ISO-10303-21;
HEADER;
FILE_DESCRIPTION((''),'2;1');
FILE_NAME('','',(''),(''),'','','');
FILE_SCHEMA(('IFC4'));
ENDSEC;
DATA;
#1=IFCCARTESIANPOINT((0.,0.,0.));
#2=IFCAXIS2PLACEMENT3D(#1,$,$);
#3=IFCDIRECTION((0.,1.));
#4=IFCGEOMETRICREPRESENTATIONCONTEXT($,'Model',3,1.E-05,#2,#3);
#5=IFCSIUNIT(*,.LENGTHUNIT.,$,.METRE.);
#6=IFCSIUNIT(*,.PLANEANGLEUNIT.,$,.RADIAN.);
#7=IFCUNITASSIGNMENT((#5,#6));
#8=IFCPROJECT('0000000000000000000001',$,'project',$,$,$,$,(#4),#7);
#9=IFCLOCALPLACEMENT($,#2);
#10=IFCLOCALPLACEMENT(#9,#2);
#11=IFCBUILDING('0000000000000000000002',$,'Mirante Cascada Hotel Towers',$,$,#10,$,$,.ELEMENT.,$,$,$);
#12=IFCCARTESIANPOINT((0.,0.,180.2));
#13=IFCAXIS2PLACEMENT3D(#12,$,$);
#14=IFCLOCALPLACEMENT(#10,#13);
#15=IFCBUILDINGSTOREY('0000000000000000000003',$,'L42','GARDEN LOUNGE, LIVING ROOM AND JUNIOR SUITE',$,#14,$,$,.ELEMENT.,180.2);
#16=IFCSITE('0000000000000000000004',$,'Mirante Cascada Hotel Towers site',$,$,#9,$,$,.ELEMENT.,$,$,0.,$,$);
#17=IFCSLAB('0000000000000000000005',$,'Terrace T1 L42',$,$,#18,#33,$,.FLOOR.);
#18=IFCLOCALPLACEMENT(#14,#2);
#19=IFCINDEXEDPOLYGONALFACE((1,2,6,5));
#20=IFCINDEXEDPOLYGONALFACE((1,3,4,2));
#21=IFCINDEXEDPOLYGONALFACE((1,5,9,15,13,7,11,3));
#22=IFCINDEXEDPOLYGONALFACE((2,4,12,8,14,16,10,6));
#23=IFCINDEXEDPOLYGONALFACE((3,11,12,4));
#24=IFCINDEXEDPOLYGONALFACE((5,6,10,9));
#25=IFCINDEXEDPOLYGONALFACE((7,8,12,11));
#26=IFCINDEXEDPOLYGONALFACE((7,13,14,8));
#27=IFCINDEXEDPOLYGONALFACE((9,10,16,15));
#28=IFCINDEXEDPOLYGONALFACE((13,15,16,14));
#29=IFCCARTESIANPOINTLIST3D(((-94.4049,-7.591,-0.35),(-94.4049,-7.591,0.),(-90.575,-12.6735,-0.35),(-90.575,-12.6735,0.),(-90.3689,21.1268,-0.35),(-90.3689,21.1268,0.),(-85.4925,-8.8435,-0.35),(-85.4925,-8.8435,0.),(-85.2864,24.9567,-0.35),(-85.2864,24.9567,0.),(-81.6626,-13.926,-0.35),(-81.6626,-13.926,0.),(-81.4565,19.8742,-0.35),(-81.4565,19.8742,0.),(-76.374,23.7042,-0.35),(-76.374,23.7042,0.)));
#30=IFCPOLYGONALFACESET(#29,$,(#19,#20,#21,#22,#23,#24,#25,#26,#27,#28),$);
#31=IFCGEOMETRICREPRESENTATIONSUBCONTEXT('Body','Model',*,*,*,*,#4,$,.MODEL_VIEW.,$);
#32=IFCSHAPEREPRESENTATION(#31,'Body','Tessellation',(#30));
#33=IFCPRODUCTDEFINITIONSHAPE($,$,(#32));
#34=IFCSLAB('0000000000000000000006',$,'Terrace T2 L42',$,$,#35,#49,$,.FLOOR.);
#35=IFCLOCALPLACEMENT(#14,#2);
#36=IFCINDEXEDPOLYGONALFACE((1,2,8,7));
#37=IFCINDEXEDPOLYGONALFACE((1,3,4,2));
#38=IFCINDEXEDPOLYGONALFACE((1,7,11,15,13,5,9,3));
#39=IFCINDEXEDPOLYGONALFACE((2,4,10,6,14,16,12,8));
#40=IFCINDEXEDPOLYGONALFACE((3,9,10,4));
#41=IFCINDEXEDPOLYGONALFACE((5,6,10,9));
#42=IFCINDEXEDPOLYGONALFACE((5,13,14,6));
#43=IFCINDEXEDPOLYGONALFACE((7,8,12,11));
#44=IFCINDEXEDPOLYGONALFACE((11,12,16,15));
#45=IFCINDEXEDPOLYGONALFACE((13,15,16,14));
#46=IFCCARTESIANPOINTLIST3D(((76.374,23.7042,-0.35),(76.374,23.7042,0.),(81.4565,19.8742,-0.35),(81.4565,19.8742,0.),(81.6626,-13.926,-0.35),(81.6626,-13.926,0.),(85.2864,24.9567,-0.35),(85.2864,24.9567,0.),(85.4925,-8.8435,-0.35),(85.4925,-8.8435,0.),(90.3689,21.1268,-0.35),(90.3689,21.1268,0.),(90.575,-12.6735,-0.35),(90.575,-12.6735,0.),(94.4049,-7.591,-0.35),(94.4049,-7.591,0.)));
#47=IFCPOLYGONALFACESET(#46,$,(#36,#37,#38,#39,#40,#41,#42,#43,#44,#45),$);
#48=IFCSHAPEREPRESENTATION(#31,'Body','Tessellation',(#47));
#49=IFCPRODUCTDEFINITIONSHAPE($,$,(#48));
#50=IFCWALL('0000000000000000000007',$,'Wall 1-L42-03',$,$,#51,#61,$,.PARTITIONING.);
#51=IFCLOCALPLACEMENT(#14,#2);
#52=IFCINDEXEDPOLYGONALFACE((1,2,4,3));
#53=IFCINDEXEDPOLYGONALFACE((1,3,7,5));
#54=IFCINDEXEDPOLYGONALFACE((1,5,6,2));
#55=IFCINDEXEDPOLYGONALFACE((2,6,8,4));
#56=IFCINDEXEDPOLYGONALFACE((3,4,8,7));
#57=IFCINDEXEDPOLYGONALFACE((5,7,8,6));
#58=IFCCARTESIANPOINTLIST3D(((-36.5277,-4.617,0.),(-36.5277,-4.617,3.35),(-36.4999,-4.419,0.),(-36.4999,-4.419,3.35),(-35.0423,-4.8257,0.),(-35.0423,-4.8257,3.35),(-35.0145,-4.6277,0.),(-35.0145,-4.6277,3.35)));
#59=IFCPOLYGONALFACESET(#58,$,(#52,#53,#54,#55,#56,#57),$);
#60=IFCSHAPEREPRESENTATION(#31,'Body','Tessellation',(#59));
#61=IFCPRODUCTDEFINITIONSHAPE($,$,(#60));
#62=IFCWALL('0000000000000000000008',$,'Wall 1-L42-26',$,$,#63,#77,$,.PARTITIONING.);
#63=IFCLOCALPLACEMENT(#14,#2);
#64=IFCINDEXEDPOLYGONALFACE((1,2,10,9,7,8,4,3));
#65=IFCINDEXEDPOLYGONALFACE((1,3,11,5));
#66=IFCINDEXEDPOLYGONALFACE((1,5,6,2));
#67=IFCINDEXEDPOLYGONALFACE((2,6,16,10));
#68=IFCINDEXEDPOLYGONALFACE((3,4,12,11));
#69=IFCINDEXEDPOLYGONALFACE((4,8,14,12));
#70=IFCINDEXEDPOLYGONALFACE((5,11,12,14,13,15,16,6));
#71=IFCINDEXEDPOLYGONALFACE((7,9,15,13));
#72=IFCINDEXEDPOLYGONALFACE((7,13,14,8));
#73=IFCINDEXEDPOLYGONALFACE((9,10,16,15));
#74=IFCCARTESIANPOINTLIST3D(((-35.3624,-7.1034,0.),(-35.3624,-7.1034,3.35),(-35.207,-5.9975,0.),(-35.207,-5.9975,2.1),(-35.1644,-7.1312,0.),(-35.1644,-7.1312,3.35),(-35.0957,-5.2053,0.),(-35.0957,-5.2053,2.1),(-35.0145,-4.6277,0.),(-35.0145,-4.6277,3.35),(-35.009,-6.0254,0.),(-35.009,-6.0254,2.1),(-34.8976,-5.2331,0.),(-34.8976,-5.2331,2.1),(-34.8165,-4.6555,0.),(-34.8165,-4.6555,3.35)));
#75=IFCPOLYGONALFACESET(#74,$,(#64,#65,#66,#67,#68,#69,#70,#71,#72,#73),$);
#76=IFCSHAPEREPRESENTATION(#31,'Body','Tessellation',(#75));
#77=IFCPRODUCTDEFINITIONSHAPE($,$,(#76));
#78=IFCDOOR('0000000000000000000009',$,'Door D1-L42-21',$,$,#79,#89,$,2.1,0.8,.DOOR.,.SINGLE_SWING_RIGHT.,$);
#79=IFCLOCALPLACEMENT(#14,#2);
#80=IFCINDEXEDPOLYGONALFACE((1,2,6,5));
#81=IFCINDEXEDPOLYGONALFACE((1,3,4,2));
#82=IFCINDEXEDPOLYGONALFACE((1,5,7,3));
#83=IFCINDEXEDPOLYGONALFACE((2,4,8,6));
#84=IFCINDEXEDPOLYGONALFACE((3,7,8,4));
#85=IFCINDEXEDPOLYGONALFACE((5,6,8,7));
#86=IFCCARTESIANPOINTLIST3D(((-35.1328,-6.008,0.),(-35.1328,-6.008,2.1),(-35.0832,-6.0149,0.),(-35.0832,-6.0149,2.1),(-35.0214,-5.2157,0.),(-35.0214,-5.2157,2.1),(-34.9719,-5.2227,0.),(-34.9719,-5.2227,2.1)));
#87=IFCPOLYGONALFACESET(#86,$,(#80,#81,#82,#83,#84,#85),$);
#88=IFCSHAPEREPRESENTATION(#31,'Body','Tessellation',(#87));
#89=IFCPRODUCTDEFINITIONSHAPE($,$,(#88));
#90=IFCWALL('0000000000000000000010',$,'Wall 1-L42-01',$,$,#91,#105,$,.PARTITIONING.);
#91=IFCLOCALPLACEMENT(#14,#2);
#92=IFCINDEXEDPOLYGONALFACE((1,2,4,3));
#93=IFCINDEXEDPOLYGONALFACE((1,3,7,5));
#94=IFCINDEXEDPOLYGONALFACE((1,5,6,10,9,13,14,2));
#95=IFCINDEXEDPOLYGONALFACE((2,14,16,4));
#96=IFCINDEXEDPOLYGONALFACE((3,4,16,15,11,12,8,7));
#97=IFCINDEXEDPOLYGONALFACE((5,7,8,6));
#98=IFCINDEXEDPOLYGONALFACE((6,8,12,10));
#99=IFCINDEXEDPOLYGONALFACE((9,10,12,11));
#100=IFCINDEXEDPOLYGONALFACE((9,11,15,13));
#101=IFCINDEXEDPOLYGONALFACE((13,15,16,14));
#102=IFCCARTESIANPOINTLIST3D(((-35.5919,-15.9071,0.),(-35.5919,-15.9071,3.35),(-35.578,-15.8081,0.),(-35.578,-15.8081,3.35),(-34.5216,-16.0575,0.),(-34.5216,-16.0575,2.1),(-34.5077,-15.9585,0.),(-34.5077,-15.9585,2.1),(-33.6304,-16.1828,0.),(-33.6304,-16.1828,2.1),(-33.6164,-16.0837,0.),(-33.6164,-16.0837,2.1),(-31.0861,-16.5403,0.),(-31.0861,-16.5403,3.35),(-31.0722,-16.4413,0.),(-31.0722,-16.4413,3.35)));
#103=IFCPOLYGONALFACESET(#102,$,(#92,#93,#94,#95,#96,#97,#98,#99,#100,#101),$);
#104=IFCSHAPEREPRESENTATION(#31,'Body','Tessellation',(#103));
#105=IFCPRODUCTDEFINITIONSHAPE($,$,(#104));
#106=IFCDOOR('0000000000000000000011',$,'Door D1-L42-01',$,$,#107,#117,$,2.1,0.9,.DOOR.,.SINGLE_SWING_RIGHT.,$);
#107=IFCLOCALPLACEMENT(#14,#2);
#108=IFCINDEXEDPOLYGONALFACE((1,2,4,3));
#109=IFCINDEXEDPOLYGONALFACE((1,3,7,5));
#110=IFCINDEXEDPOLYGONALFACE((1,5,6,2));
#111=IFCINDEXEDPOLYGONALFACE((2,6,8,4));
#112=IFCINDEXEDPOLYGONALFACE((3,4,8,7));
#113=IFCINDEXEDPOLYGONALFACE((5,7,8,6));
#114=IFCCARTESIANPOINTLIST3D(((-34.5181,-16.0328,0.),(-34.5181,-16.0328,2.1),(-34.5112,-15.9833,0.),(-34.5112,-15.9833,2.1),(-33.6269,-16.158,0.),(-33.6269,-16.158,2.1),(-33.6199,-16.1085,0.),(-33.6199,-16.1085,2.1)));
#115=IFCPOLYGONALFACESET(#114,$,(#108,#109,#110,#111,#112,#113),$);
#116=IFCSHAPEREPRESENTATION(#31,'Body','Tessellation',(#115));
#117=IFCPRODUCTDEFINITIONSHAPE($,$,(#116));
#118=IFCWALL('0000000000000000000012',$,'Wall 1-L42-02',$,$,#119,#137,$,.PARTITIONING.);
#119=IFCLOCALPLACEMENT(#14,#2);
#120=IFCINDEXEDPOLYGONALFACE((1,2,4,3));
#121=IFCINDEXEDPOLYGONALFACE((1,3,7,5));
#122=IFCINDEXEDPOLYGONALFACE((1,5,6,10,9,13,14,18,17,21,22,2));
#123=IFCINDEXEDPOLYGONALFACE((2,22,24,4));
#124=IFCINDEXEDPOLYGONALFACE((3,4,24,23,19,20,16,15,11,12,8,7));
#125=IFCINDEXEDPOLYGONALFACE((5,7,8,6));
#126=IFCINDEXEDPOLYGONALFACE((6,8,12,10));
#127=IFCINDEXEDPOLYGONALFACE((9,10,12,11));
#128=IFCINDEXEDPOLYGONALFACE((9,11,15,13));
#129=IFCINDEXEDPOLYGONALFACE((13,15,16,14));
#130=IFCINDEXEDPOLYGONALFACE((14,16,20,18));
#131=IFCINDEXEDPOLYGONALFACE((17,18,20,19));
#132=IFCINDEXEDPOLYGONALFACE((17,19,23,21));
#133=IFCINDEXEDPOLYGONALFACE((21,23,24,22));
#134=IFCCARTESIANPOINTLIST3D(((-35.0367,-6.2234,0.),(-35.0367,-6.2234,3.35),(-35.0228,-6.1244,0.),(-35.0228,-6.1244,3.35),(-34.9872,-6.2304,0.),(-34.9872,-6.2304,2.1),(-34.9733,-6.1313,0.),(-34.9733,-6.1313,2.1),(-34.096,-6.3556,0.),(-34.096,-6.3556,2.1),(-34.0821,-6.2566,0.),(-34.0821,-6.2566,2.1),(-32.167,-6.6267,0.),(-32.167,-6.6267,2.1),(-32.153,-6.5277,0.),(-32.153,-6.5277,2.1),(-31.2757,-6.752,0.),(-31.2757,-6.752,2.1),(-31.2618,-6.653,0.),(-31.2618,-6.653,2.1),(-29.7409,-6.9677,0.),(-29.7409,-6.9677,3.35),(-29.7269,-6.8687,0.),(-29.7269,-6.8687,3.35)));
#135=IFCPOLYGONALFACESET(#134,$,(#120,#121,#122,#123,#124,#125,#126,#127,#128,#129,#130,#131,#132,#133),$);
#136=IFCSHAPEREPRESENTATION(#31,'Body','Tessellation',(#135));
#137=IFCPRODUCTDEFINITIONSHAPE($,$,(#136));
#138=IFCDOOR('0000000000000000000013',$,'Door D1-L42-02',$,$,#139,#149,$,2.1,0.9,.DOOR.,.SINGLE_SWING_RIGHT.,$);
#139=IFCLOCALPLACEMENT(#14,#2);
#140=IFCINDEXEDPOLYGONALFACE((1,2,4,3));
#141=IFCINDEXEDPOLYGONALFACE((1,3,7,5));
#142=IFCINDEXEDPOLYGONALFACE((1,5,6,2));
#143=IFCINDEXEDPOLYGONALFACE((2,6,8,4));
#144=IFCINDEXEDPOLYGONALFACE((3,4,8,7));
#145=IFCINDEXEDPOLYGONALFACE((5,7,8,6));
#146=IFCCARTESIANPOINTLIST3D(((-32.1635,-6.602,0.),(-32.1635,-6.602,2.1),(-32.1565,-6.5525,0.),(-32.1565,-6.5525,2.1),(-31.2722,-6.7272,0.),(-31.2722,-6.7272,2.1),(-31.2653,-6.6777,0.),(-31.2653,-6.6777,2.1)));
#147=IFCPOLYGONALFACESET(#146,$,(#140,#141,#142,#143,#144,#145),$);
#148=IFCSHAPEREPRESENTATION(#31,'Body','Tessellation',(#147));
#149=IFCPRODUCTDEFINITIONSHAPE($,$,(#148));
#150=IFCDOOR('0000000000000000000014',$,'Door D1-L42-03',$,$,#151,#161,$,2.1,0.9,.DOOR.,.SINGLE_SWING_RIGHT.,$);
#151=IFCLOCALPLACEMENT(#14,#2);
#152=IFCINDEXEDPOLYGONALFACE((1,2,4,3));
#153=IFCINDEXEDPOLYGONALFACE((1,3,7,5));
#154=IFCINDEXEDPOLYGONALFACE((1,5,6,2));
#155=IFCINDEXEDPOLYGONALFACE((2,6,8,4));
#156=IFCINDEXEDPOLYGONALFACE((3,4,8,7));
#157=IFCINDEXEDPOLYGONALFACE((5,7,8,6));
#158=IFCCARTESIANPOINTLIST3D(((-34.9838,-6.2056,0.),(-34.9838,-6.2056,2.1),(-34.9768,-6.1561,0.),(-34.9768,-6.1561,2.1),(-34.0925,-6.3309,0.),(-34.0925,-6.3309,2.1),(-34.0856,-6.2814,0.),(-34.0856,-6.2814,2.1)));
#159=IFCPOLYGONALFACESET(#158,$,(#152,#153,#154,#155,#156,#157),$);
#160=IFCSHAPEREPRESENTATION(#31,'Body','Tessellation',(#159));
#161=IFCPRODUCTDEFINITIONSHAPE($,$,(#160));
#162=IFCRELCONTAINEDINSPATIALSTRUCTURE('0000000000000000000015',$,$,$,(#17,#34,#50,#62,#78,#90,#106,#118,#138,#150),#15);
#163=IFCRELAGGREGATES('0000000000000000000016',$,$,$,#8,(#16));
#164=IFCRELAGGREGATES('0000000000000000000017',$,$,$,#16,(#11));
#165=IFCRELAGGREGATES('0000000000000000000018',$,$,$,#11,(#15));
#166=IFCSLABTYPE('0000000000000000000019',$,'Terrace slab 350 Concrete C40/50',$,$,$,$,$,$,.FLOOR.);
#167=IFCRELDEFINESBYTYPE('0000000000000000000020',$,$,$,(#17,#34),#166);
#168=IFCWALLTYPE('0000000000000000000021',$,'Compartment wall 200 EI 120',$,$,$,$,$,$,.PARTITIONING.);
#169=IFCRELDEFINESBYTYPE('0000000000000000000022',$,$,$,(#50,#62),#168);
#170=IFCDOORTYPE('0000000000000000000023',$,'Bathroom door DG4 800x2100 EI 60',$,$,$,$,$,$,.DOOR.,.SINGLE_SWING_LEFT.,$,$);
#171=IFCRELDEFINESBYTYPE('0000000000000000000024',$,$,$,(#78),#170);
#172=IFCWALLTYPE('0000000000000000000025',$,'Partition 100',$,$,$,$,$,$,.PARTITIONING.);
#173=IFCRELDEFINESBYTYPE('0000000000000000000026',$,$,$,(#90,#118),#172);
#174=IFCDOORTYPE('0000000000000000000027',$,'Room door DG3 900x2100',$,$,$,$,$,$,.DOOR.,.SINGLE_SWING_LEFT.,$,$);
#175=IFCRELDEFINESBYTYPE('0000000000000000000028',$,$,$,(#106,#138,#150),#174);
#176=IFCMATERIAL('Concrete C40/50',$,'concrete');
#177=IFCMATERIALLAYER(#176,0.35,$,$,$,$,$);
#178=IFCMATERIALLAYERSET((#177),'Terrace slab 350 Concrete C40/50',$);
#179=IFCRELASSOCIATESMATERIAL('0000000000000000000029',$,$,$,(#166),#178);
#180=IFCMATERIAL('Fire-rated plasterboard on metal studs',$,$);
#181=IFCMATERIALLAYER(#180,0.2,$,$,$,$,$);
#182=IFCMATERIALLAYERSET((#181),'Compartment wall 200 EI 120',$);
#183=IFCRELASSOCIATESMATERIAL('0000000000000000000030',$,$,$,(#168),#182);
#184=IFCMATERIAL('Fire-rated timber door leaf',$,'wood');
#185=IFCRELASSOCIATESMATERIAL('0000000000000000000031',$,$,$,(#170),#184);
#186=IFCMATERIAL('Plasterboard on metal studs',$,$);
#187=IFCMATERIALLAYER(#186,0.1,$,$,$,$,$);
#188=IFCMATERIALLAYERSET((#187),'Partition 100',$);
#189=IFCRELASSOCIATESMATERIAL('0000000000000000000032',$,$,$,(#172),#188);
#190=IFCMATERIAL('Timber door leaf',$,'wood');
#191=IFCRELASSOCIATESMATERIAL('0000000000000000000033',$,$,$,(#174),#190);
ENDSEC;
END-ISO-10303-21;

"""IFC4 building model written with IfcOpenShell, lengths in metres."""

from ifc_helpers import new_model, si_unit, direction, frame, frame_2d, origin, place, context, subcontext, project, spatial, polyline, rectangle, outline, extrude, material, layer, layer_set, type_object, element, fill, save


model = new_model("IFC4")

# Units and contexts
model_context = context("Model", 3, precision=1e-05, world=origin(), true_north=direction((0.0, 1.0)))
body_context = subcontext(model_context, "Body", "Model", "MODEL_VIEW")
ifc_project = project(units=[si_unit("LENGTHUNIT", "METRE"), si_unit("PLANEANGLEUNIT", "RADIAN")], contexts=[model_context])

# Site, building, storey
site_placement = place(None, origin())
site = spatial("IfcSite", under=ifc_project, at=site_placement, Name="Mirante Cascada Hotel Towers site", CompositionType="ELEMENT", RefElevation=0.0)
building_placement = place(site_placement, origin())
building = spatial("IfcBuilding", under=site, at=building_placement, Name="Mirante Cascada Hotel Towers", CompositionType="ELEMENT")
storey_placement = place(building_placement, frame((0.0, 0.0, 180.2)))
storey = spatial("IfcBuildingStorey", under=building, at=storey_placement, Name="L42", Description="GARDEN LOUNGE, LIVING ROOM AND JUNIOR SUITE", CompositionType="ELEMENT", Elevation=180.2)

# Slabs
ifc_material_1 = material(Name="Concrete C40/50", Category="concrete")
ifc_layer_1 = layer(ifc_material_1, 0.35)
ifc_layer_set_1 = layer_set([ifc_layer_1], Name="Terrace slab 350 Concrete C40/50")
slab_type_1 = type_object("IfcSlabType", Name="Terrace slab 350 Concrete C40/50", PredefinedType="FLOOR", material=ifc_layer_set_1)
slab_1_placement = place(storey_placement, frame((0.0, 0.0, -0.35)))
element("IfcSlab", 1, at=slab_1_placement, inside=storey, type_object=slab_type_1, Name="Terrace T1 L42", PredefinedType="FLOOR", context=body_context, shape_type="SweptSolid", body=[
    extrude(outline(polyline([(-85.2864, 24.9567), (-90.3689, 21.1268), (-94.4049, -7.591), (-90.575, -12.6735), (-81.6626, -13.926), (-85.4925, -8.8435), (-81.4565, 19.8742), (-76.374, 23.7042), (-85.2864, 24.9567)])), origin(), (0.0, 0.0, 1.0), 0.35),
])
slab_2_placement = place(storey_placement, frame((0.0, 0.0, -0.35)))
element("IfcSlab", 2, at=slab_2_placement, inside=storey, type_object=slab_type_1, Name="Terrace T2 L42", PredefinedType="FLOOR", context=body_context, shape_type="SweptSolid", body=[
    extrude(outline(polyline([(85.2864, 24.9567), (90.3689, 21.1268), (94.4049, -7.591), (90.575, -12.6735), (81.6626, -13.926), (85.4925, -8.8435), (81.4565, 19.8742), (76.374, 23.7042), (85.2864, 24.9567)])), origin(), (0.0, 0.0, 1.0), 0.35),
])

# Wall
ifc_material_2 = material(Name="Fire-rated plasterboard on metal studs")
ifc_layer_2 = layer(ifc_material_2, 0.2)
ifc_layer_set_2 = layer_set([ifc_layer_2], Name="Compartment wall 200 EI 120")
wall_type_1 = type_object("IfcWallType", Name="Compartment wall 200 EI 120", PredefinedType="PARTITIONING", material=ifc_layer_set_2)
wall_1_placement = place(storey_placement, frame((-35.0284, -4.7267, 0.0), z_axis=(0.0, 0.0, 1.0), x_axis=(-0.990274, 0.139134, 0.0)))
element("IfcWall", 3, at=wall_1_placement, inside=storey, type_object=wall_type_1, Name="Wall 1-L42-03", PredefinedType="PARTITIONING", context=body_context, shape_type="SweptSolid", body=[
    extrude(rectangle(XDim=1.5, YDim=0.2, at=frame_2d((0.75, 0.0))), origin(), (0.0, 0.0, 1.0), 3.35),
])

# Walls, openings, doors
wall_2_placement = place(storey_placement, frame((-34.9155, -4.6416, 0.0), z_axis=(0.0, 0.0, 1.0), x_axis=(-0.139159, -0.99027, 0.0)))
wall_2 = element("IfcWall", 4, at=wall_2_placement, inside=storey, type_object=wall_type_1, Name="Wall 1-L42-26", PredefinedType="PARTITIONING", context=body_context, shape_type="SweptSolid", body=[
    extrude(rectangle(XDim=2.5, YDim=0.2, at=frame_2d((1.25, 0.0))), origin(), (0.0, 0.0, 1.0), 3.35),
])
opening_1_placement = place(wall_2_placement, frame((0.5833, 0.0, 0.0)))
opening_1 = element("IfcOpeningElement", 5, at=opening_1_placement, cuts=wall_2, PredefinedType="OPENING", context=body_context, shape_type="SweptSolid", body=[
    extrude(rectangle(XDim=0.8, YDim=2.1, at=frame_2d((0.4, 1.05))), frame((0.0, 0.1, 0.0), z_axis=(0.0, -1.0, 0.0), x_axis=(1.0, 0.0, 0.0)), (0.0, 0.0, 1.0), 0.2),
])
ifc_material_3 = material(Name="Fire-rated timber door leaf", Category="wood")
door_type_1 = type_object("IfcDoorType", Name="Bathroom door DG4 800x2100 EI 60", OperationType="SINGLE_SWING_LEFT", PredefinedType="DOOR", material=ifc_material_3)
door_1_placement = place(opening_1_placement, frame((0.8, 0.0, 0.0), z_axis=(0.0, 0.0, 1.0), x_axis=(-1.0, 0.0, 0.0)))
door_1 = element("IfcDoor", 6, at=door_1_placement, inside=storey, type_object=door_type_1, Name="Door D1-L42-21", OperationType="SINGLE_SWING_RIGHT", OverallHeight=2.1, OverallWidth=0.8, PredefinedType="DOOR", context=body_context, shape_type="SweptSolid", body=[
    extrude(rectangle(XDim=0.8, YDim=2.1, at=frame_2d((0.4, 1.05))), frame((0.0, 0.025, 0.0), z_axis=(0.0, -1.0, 0.0), x_axis=(1.0, 0.0, 0.0)), (0.0, 0.0, 1.0), 0.05),
])
fill(opening_1, door_1)
ifc_material_4 = material(Name="Plasterboard on metal studs")
ifc_layer_3 = layer(ifc_material_4, 0.1)
ifc_layer_set_3 = layer_set([ifc_layer_3], Name="Partition 100")
wall_type_2 = type_object("IfcWallType", Name="Partition 100", PredefinedType="PARTITIONING", material=ifc_layer_set_3)
wall_3_placement = place(storey_placement, frame((-31.0792, -16.4908, 0.0), z_axis=(0.0, 0.0, 1.0), x_axis=(-0.99027, 0.139163, 0.0)))
wall_3 = element("IfcWall", 7, at=wall_3_placement, inside=storey, type_object=wall_type_2, Name="Wall 1-L42-01", PredefinedType="PARTITIONING", context=body_context, shape_type="SweptSolid", body=[
    extrude(rectangle(XDim=4.5501, YDim=0.1, at=frame_2d((2.275, 0.0))), origin(), (0.0, 0.0, 1.0), 3.35),
])
opening_2_placement = place(wall_3_placement, frame((2.5692, 0.0, 0.0)))
opening_2 = element("IfcOpeningElement", 8, at=opening_2_placement, cuts=wall_3, PredefinedType="OPENING", context=body_context, shape_type="SweptSolid", body=[
    extrude(rectangle(XDim=0.9, YDim=2.1, at=frame_2d((0.45, 1.05))), frame((0.0, 0.05, 0.0), z_axis=(0.0, -1.0, 0.0), x_axis=(1.0, 0.0, 0.0)), (0.0, 0.0, 1.0), 0.1),
])
ifc_material_5 = material(Name="Timber door leaf", Category="wood")
door_type_2 = type_object("IfcDoorType", Name="Room door DG3 900x2100", OperationType="SINGLE_SWING_LEFT", PredefinedType="DOOR", material=ifc_material_5)
door_2_placement = place(opening_2_placement, frame((0.9, 0.0, 0.0), z_axis=(0.0, 0.0, 1.0), x_axis=(-1.0, 0.0, 0.0)))
door_2 = element("IfcDoor", 9, at=door_2_placement, inside=storey, type_object=door_type_2, Name="Door D1-L42-01", OperationType="SINGLE_SWING_RIGHT", OverallHeight=2.1, OverallWidth=0.9, PredefinedType="DOOR", context=body_context, shape_type="SweptSolid", body=[
    extrude(rectangle(XDim=0.9, YDim=2.1, at=frame_2d((0.45, 1.05))), frame((0.0, 0.025, 0.0), z_axis=(0.0, -1.0, 0.0), x_axis=(1.0, 0.0, 0.0)), (0.0, 0.0, 1.0), 0.05),
])
fill(opening_2, door_2)

# Wall, openings, doors
wall_4_placement = place(storey_placement, frame((-35.0298, -6.1739, 0.0), z_axis=(0.0, 0.0, 1.0), x_axis=(0.990268, -0.139175, 0.0)))
wall_4 = element("IfcWall", 10, at=wall_4_placement, inside=storey, type_object=wall_type_2, Name="Wall 1-L42-02", PredefinedType="PARTITIONING", context=body_context, shape_type="SweptSolid", body=[
    extrude(rectangle(XDim=5.3479, YDim=0.1, at=frame_2d((2.674, 0.0))), origin(), (0.0, 0.0, 1.0), 3.35),
])
opening_3_placement = place(wall_4_placement, frame((2.898, 0.0, 0.0)))
opening_3 = element("IfcOpeningElement", 11, at=opening_3_placement, cuts=wall_4, PredefinedType="OPENING", context=body_context, shape_type="SweptSolid", body=[
    extrude(rectangle(XDim=0.9, YDim=2.1, at=frame_2d((0.45, 1.05))), frame((0.0, 0.05, 0.0), z_axis=(0.0, -1.0, 0.0), x_axis=(1.0, 0.0, 0.0)), (0.0, 0.0, 1.0), 0.1),
])
opening_4_placement = place(wall_4_placement, frame((0.05, 0.0, 0.0)))
opening_4 = element("IfcOpeningElement", 12, at=opening_4_placement, cuts=wall_4, PredefinedType="OPENING", context=body_context, shape_type="SweptSolid", body=[
    extrude(rectangle(XDim=0.9, YDim=2.1, at=frame_2d((0.45, 1.05))), frame((0.0, 0.05, 0.0), z_axis=(0.0, -1.0, 0.0), x_axis=(1.0, 0.0, 0.0)), (0.0, 0.0, 1.0), 0.1),
])
door_3_placement = place(opening_3_placement, frame((0.9, 0.0, 0.0), z_axis=(0.0, 0.0, 1.0), x_axis=(-1.0, 0.0, 0.0)))
door_3 = element("IfcDoor", 13, at=door_3_placement, inside=storey, type_object=door_type_2, Name="Door D1-L42-02", OperationType="SINGLE_SWING_RIGHT", OverallHeight=2.1, OverallWidth=0.9, PredefinedType="DOOR", context=body_context, shape_type="SweptSolid", body=[
    extrude(rectangle(XDim=0.9, YDim=2.1, at=frame_2d((0.45, 1.05))), frame((0.0, 0.025, 0.0), z_axis=(0.0, -1.0, 0.0), x_axis=(1.0, 0.0, 0.0)), (0.0, 0.0, 1.0), 0.05),
])
fill(opening_3, door_3)
door_4_placement = place(opening_4_placement, frame((0.9, 0.0, 0.0), z_axis=(0.0, 0.0, 1.0), x_axis=(-1.0, 0.0, 0.0)))
door_4 = element("IfcDoor", 14, at=door_4_placement, inside=storey, type_object=door_type_2, Name="Door D1-L42-03", OperationType="SINGLE_SWING_RIGHT", OverallHeight=2.1, OverallWidth=0.9, PredefinedType="DOOR", context=body_context, shape_type="SweptSolid", body=[
    extrude(rectangle(XDim=0.9, YDim=2.1, at=frame_2d((0.45, 1.05))), frame((0.0, 0.025, 0.0), z_axis=(0.0, -1.0, 0.0), x_axis=(1.0, 0.0, 0.0)), (0.0, 0.0, 1.0), 0.05),
])
fill(opening_4, door_4)

save(model, "model.ifc")
